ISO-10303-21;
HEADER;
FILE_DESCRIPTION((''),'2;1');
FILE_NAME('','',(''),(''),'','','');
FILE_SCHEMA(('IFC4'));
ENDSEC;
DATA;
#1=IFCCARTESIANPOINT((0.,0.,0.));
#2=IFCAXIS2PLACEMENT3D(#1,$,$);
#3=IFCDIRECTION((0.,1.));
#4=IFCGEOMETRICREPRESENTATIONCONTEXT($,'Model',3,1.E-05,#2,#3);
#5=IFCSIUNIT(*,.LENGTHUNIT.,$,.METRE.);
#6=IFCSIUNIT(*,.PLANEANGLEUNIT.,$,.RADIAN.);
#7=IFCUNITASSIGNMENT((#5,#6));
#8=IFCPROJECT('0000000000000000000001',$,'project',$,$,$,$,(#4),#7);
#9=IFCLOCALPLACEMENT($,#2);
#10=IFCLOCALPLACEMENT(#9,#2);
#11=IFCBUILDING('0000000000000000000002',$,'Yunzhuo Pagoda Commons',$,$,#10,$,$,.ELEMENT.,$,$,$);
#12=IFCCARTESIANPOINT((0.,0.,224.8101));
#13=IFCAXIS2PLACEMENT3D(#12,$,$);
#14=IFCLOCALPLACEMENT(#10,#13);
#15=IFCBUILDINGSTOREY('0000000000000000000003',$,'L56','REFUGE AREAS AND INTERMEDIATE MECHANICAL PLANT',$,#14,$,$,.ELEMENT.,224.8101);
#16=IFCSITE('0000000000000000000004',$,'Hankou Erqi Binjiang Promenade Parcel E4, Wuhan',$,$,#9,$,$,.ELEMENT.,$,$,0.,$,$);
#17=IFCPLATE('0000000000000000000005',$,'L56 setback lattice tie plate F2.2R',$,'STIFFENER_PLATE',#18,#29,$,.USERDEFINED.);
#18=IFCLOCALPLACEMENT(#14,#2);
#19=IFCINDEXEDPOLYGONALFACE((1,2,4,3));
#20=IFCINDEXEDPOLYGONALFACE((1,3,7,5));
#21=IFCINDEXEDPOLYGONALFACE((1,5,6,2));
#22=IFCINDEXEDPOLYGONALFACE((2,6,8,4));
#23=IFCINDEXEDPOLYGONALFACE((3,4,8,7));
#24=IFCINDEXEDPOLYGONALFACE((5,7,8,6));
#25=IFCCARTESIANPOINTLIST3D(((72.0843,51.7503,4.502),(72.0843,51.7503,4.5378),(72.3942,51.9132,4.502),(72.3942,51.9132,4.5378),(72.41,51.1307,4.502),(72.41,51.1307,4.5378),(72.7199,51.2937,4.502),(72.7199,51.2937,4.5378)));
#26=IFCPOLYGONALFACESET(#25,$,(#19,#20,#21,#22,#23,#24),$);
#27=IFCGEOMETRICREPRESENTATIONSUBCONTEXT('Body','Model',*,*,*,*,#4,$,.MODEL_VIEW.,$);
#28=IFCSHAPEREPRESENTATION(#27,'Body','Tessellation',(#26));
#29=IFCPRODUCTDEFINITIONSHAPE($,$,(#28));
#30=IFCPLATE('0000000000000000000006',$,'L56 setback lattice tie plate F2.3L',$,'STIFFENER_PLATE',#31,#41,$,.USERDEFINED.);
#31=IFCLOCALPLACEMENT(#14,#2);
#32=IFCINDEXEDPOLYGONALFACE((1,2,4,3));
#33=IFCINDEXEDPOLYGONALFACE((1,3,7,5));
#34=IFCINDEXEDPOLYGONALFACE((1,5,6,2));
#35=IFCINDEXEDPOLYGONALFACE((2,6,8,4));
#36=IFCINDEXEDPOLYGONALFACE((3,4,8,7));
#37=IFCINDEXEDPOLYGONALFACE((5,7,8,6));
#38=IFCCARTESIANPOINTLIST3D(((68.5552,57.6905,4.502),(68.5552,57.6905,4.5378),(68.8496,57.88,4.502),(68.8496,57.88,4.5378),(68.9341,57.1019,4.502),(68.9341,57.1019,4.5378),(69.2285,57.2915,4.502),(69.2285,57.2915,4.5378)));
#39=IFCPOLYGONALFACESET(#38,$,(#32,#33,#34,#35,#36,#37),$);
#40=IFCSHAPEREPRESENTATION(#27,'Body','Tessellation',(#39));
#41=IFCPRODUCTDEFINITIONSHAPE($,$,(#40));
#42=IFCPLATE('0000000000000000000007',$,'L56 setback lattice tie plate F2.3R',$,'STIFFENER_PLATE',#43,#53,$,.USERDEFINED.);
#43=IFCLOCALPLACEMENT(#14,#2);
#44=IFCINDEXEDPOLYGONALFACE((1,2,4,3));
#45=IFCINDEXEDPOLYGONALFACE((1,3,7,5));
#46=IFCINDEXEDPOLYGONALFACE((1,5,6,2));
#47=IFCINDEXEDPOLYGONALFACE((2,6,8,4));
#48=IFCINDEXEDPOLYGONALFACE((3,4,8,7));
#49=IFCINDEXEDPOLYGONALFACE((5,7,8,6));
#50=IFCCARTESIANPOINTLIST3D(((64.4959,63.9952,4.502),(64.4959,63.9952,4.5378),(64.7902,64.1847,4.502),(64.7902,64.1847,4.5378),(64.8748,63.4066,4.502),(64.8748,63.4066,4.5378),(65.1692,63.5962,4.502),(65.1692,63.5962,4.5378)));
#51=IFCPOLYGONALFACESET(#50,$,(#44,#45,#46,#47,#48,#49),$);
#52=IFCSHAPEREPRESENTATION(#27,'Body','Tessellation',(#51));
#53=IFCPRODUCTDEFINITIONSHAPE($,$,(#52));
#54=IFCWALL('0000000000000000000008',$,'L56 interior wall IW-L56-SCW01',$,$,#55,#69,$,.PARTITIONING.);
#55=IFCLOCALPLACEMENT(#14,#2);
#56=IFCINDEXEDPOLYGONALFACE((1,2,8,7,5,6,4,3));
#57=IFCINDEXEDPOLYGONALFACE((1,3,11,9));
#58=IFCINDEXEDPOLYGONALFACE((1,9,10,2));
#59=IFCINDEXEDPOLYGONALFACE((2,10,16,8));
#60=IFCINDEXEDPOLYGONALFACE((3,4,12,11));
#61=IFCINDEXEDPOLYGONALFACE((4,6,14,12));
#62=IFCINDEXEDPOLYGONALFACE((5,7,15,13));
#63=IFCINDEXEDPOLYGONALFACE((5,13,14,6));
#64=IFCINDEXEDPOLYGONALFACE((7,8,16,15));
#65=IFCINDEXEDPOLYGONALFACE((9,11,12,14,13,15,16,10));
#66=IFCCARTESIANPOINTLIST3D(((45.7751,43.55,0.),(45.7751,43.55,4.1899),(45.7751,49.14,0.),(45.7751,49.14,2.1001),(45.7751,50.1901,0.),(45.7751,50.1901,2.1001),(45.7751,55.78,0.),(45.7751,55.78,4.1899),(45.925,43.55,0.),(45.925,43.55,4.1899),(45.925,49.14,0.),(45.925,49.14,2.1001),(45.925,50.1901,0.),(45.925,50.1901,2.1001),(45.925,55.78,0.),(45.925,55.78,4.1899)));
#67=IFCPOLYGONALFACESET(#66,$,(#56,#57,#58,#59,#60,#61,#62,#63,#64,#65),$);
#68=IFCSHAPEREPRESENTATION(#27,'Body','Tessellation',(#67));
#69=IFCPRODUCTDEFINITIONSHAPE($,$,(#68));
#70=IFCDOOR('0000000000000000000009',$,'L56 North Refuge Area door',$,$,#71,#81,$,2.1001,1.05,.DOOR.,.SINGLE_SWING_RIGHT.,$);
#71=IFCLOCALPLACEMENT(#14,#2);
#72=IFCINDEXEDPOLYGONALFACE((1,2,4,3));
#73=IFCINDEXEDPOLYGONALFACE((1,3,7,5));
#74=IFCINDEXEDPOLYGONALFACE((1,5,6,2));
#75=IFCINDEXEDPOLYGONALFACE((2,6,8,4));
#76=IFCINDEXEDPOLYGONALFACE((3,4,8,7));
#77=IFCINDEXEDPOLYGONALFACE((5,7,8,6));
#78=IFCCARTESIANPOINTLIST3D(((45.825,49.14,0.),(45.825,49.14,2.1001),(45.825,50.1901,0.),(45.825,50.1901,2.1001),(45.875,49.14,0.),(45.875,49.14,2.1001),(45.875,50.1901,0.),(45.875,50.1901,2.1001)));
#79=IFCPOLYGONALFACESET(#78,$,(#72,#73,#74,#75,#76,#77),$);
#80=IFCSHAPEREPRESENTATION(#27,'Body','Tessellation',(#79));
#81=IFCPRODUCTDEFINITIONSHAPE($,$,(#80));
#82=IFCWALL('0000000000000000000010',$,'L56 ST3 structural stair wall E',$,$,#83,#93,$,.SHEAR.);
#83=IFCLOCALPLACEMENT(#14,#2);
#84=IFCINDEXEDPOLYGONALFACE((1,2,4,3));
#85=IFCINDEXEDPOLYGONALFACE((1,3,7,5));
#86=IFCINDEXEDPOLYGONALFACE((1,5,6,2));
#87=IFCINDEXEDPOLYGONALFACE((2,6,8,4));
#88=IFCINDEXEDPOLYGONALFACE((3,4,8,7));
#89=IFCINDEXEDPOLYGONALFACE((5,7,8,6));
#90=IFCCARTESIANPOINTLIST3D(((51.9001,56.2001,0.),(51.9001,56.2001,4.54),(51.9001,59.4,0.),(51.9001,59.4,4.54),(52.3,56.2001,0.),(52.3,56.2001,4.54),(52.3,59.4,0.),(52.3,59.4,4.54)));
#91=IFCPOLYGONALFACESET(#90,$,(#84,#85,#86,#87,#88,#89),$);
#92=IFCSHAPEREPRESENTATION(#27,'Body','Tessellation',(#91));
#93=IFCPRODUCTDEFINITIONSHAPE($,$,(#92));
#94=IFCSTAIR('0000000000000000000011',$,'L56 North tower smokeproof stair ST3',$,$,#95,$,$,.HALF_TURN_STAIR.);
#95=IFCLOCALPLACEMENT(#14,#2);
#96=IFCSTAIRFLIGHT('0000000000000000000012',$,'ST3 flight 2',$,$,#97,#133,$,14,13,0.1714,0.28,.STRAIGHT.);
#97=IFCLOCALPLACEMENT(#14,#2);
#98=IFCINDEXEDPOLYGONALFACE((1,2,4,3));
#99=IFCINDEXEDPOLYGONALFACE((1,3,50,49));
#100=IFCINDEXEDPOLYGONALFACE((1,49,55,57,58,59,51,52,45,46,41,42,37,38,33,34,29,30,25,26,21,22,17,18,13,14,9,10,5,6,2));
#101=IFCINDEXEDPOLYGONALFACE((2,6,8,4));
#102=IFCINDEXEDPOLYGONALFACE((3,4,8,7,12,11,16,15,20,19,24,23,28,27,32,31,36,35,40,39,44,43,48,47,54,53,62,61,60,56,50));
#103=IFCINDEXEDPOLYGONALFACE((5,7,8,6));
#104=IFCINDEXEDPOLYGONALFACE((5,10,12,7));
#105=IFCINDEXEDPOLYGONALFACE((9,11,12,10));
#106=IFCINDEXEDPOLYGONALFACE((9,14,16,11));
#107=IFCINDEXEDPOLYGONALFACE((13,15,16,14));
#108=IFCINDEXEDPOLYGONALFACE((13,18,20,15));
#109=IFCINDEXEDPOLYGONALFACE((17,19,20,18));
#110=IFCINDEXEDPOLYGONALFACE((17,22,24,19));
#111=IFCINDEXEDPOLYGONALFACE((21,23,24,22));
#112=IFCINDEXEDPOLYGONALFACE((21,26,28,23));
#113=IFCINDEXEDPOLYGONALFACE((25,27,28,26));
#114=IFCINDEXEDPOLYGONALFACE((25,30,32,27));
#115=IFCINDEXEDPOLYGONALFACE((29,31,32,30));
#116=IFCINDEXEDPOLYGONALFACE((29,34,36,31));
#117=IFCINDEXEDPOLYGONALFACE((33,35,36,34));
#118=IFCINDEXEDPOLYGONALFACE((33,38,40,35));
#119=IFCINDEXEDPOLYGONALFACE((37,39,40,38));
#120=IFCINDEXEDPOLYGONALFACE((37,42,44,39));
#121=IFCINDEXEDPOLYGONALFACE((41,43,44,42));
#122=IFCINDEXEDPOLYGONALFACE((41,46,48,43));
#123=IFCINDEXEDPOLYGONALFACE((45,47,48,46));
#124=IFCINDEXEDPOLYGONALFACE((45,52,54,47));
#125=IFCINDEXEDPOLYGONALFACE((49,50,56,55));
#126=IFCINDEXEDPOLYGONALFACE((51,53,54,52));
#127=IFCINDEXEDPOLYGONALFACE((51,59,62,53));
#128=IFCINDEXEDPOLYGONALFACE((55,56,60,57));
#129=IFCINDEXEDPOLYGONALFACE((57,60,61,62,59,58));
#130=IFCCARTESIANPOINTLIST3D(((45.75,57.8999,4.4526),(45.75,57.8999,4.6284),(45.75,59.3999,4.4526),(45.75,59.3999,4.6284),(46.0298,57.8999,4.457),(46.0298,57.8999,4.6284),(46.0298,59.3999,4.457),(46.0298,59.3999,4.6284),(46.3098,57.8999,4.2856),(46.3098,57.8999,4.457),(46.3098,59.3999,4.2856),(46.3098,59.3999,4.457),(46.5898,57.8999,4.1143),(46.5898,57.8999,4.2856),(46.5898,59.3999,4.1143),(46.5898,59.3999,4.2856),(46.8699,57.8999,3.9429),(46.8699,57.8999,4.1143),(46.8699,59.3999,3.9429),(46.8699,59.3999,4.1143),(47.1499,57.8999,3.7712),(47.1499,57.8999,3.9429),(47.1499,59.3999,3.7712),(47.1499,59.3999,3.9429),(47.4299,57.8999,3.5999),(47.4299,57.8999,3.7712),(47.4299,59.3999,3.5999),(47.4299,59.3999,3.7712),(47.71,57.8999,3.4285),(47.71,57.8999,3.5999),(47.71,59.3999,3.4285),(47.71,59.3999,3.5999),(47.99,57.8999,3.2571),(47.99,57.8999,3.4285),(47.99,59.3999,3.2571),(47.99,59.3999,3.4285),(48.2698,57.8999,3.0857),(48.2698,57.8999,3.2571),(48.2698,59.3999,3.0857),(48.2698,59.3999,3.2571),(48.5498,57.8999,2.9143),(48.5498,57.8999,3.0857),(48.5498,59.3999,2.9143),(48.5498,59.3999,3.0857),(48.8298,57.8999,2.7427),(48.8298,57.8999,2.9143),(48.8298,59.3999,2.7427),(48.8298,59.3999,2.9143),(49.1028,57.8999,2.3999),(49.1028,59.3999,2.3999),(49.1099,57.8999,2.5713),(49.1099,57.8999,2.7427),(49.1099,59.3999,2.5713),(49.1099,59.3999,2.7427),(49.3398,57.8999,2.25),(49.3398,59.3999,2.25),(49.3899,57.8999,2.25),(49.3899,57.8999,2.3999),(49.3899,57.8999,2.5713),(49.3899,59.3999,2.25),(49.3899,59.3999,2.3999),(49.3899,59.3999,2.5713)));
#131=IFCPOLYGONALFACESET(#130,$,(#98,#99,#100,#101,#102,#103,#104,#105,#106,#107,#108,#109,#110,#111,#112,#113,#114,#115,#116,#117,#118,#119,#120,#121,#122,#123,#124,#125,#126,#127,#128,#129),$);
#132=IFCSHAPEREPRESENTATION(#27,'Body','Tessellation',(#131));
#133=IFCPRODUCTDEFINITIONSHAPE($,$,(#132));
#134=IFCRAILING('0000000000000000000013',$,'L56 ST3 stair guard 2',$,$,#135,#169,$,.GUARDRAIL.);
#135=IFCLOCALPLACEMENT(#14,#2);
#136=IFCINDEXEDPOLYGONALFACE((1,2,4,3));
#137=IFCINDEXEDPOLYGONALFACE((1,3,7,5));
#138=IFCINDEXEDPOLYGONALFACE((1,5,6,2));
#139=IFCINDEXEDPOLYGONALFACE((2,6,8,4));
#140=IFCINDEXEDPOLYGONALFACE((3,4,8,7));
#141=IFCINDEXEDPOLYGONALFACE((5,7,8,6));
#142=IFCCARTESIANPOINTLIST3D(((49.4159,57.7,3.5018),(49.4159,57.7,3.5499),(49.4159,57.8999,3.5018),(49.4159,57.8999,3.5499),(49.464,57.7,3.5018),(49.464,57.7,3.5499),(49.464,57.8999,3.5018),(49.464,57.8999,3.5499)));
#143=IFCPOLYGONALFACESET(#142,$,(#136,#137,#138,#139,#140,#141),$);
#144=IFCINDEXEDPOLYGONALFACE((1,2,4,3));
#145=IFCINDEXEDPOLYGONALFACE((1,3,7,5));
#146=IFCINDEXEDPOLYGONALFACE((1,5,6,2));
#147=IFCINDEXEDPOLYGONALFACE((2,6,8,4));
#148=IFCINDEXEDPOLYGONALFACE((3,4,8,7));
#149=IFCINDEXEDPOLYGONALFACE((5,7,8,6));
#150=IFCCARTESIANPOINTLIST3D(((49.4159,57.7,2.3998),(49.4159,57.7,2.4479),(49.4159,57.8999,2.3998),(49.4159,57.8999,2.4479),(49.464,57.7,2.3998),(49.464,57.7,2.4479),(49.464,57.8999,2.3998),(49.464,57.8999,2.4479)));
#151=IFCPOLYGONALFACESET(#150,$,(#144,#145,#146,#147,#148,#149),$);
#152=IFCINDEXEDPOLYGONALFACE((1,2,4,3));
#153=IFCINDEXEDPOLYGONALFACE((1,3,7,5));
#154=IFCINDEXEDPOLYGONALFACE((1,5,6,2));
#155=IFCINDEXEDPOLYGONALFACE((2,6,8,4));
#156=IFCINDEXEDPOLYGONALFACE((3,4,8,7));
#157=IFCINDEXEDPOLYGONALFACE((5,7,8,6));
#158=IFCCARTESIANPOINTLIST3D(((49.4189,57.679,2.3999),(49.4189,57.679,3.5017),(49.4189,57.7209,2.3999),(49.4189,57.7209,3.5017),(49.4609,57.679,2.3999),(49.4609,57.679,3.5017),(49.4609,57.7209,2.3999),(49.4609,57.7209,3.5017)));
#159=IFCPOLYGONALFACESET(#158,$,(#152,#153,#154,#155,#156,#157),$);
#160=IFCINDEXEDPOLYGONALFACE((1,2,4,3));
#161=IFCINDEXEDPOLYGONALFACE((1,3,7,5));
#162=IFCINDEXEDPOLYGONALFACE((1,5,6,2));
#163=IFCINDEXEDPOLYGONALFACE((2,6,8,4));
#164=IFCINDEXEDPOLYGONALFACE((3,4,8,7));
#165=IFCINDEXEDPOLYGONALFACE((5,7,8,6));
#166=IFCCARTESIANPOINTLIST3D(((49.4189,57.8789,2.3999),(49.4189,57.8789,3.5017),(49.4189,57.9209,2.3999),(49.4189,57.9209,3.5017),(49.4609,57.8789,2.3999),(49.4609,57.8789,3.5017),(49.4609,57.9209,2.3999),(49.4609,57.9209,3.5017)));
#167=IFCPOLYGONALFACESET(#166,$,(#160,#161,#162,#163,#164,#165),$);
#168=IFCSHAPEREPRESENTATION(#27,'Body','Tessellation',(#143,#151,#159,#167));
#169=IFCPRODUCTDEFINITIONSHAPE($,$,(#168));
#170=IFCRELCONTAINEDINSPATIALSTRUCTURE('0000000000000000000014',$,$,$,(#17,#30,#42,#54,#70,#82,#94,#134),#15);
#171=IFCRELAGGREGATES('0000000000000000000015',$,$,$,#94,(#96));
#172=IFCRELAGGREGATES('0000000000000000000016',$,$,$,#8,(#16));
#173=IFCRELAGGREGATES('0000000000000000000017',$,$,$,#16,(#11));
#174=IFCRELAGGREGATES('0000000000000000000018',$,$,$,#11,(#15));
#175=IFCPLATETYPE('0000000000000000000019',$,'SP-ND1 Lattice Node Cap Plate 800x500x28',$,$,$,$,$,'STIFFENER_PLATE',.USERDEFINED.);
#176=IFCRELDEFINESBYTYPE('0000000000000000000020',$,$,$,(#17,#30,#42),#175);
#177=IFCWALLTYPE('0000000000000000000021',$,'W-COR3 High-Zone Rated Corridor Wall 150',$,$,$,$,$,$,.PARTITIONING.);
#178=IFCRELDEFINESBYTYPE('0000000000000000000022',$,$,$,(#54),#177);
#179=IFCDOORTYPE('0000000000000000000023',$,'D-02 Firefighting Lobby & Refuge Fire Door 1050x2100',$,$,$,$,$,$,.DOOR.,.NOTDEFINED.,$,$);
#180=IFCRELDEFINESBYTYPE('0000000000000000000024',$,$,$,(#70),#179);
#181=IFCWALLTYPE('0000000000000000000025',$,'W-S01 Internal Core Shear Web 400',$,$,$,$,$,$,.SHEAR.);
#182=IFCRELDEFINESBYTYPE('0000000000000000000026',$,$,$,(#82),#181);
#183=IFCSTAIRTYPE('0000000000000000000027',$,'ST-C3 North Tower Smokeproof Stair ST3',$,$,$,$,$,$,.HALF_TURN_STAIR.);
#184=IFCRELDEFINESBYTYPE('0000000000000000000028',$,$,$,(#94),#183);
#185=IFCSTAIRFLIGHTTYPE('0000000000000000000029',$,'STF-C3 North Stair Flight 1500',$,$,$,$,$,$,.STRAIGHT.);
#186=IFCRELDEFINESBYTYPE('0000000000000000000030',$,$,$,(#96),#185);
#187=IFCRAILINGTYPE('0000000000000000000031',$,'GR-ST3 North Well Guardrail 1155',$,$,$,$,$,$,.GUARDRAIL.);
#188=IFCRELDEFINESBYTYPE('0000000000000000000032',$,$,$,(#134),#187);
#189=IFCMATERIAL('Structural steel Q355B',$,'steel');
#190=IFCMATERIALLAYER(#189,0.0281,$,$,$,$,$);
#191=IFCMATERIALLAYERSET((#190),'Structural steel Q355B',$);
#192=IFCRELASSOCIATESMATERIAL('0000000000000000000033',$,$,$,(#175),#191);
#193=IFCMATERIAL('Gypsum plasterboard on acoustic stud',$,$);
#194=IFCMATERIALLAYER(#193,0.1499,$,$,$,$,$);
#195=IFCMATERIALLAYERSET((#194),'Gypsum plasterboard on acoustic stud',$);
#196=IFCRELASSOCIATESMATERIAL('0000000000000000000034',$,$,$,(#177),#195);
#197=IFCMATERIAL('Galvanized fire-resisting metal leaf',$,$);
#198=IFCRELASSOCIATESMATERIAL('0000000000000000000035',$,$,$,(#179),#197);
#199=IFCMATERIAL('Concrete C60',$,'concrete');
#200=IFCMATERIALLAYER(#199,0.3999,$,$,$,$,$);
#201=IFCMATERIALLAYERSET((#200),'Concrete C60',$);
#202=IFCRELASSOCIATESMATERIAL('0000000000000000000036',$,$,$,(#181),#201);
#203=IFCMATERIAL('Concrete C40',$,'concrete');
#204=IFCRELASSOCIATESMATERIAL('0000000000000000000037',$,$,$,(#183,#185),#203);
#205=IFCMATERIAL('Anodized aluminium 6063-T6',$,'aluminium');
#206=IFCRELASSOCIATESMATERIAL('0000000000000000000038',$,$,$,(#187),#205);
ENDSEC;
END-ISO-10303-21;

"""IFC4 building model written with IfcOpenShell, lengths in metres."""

from ifc_helpers import new_model, si_unit, direction, frame, frame_2d, origin, origin_with_axes, origin_2d, place, context, subcontext, project, spatial, polyline, rectangle, outline, extrude, source, transform, mapped, material, layer, layer_set, type_object, element, fill, aggregate, save


model = new_model("IFC4")

# Units and contexts
model_context = context("Model", 3, precision=1e-05, world=origin(), true_north=direction((0.0, 1.0)))
body_context = subcontext(model_context, "Body", "Model", "MODEL_VIEW")
ifc_project = project(units=[si_unit("LENGTHUNIT", "METRE"), si_unit("PLANEANGLEUNIT", "RADIAN")], contexts=[model_context])

# Site, building, storey
site_placement = place(None, origin())
site = spatial("IfcSite", under=ifc_project, at=site_placement, Name="Hankou Erqi Binjiang Promenade Parcel E4, Wuhan", CompositionType="ELEMENT", RefElevation=0.0)
building_placement = place(site_placement, origin())
building = spatial("IfcBuilding", under=site, at=building_placement, Name="Yunzhuo Pagoda Commons", CompositionType="ELEMENT")
storey_placement = place(building_placement, frame((0.0, 0.0, 224.8101)))
storey = spatial("IfcBuildingStorey", under=building, at=storey_placement, Name="L56", Description="REFUGE AREAS AND INTERMEDIATE MECHANICAL PLANT", CompositionType="ELEMENT", Elevation=224.8101)

# Shared definitions
ifc_material_1 = material(Name="Structural steel Q355B", Category="steel")

# Plates
ifc_layer_1 = layer(ifc_material_1, 0.0281)
ifc_layer_set_1 = layer_set([ifc_layer_1], Name="Structural steel Q355B")
plate_type_1 = type_object("IfcPlateType", Name="SP-ND1 Lattice Node Cap Plate 800x500x28", ElementType="STIFFENER_PLATE", PredefinedType="USERDEFINED", material=ifc_layer_set_1)
shared_shape_1 = source(origin(), body_context, "Body", "SweptSolid", [
    extrude(rectangle(XDim=0.7, YDim=0.3501, at=origin_2d()), origin(), (0.0, 0.0, 1.0), 0.0359),
])
for number, where, z_axis, x_axis, name in (
    (1, (72.4021, 51.522, 4.502), (0.0, 0.0, 1.0), (-0.465336, 0.885134, 0.0), "L56 setback lattice tie plate F2.2R"),
    (2, (68.8918, 57.491, 4.502), (0.0, 0.0, 1.0), (-0.541341, 0.840803, 0.0), "L56 setback lattice tie plate F2.3L"),
    (3, (64.8325, 63.7957, 4.502), (0.0, 0.0, 1.0), (-0.541341, 0.840803, 0.0), "L56 setback lattice tie plate F2.3R"),
):
    element("IfcPlate", number, at=place(storey_placement, frame(where, z_axis=z_axis, x_axis=x_axis)), inside=storey, type_object=plate_type_1, Name=name, ObjectType="STIFFENER_PLATE", PredefinedType="USERDEFINED", context=body_context, shape_type="MappedRepresentation", body=[
        mapped(shared_shape_1, transform((0.0, 0.0, 0.0), scale=1.0)),
    ])

# Wall, opening, door
ifc_material_2 = material(Name="Gypsum plasterboard on acoustic stud")
ifc_layer_2 = layer(ifc_material_2, 0.1499)
ifc_layer_set_2 = layer_set([ifc_layer_2], Name="Gypsum plasterboard on acoustic stud")
wall_type_1 = type_object("IfcWallType", Name="W-COR3 High-Zone Rated Corridor Wall 150", PredefinedType="PARTITIONING", material=ifc_layer_set_2)
wall_1_placement = place(storey_placement, frame((45.8501, 55.78, 0.0), z_axis=(0.0, 0.0, 1.0), x_axis=(0.0, -1.0, 0.0)))
wall_1 = element("IfcWall", 4, at=wall_1_placement, inside=storey, type_object=wall_type_1, Name="L56 interior wall IW-L56-SCW01", PredefinedType="PARTITIONING", context=body_context, shape_type="SweptSolid", body=[
    extrude(rectangle(XDim=12.23, YDim=0.1499, at=frame_2d((6.115, 0.0))), origin(), (0.0, 0.0, 1.0), 4.1899),
])
opening_placement = place(wall_1_placement, frame((5.5901, 0.0, 0.0)))
opening = element("IfcOpeningElement", 5, at=opening_placement, cuts=wall_1, PredefinedType="OPENING", context=body_context, shape_type="SweptSolid", body=[
    extrude(rectangle(XDim=1.05, YDim=2.1001, at=frame_2d((0.5249, 1.05))), frame((0.0, 0.085, 0.0), z_axis=(0.0, -1.0, 0.0), x_axis=(1.0, 0.0, 0.0)), (0.0, 0.0, 1.0), 0.1699),
])
ifc_material_3 = material(Name="Galvanized fire-resisting metal leaf")
door_type = type_object("IfcDoorType", Name="D-02 Firefighting Lobby & Refuge Fire Door 1050x2100", OperationType="NOTDEFINED", PredefinedType="DOOR", material=ifc_material_3)
shared_shape_2 = source(origin(), body_context, "Body", "SweptSolid", [
    extrude(rectangle(XDim=1.05, YDim=2.1001, at=frame_2d((0.5249, 1.05))), frame((0.0, 0.0249, 0.0), z_axis=(0.0, -1.0, 0.0), x_axis=(1.0, 0.0, 0.0)), (0.0, 0.0, 1.0), 0.05),
])
door_placement = place(opening_placement, origin_with_axes())
door = element("IfcDoor", 6, at=door_placement, inside=storey, type_object=door_type, Name="L56 North Refuge Area door", OperationType="SINGLE_SWING_RIGHT", OverallHeight=2.1001, OverallWidth=1.05, PredefinedType="DOOR", context=body_context, shape_type="MappedRepresentation", body=[
    mapped(shared_shape_2, transform((0.0, 0.0, 0.0), scale=1.0)),
])
fill(opening, door)

# Wall
ifc_material_4 = material(Name="Concrete C60", Category="concrete")
ifc_layer_3 = layer(ifc_material_4, 0.3999)
ifc_layer_set_3 = layer_set([ifc_layer_3], Name="Concrete C60")
wall_type_2 = type_object("IfcWallType", Name="W-S01 Internal Core Shear Web 400", PredefinedType="SHEAR", material=ifc_layer_set_3)
wall_2_placement = place(storey_placement, frame((52.1001, 56.2, 0.0), z_axis=(0.0, 0.0, 1.0), x_axis=(0.0, 1.0, 0.0)))
element("IfcWall", 7, at=wall_2_placement, inside=storey, type_object=wall_type_2, Name="L56 ST3 structural stair wall E", PredefinedType="SHEAR", context=body_context, shape_type="SweptSolid", body=[
    extrude(rectangle(XDim=3.2, YDim=0.3999, at=frame_2d((1.6001, 0.0))), origin(), (0.0, 0.0, 1.0), 4.54),
])

# Stair, stair flight
ifc_material_5 = material(Name="Concrete C40", Category="concrete")
stair_type = type_object("IfcStairType", Name="ST-C3 North Tower Smokeproof Stair ST3", PredefinedType="HALF_TURN_STAIR", material=ifc_material_5)
stair_placement = place(storey_placement, origin())
stair = element("IfcStair", 8, at=stair_placement, inside=storey, type_object=stair_type, Name="L56 North tower smokeproof stair ST3", PredefinedType="HALF_TURN_STAIR")
stair_flight_type = type_object("IfcStairFlightType", Name="STF-C3 North Stair Flight 1500", PredefinedType="STRAIGHT", material=ifc_material_5)
shared_shape_3 = source(origin(), body_context, "Body", "SweptSolid", [
    extrude(outline(polyline([(0.0, -0.1499), (0.0, 0.0), (0.0, 0.1714), (0.28, 0.1714), (0.28, 0.3428), (0.5601, 0.3428), (0.5601, 0.5144), (0.8401, 0.5144), (0.8401, 0.6858), (1.1201, 0.6858), (1.1201, 0.8572), (1.3999, 0.8572), (1.3999, 1.0286), (1.6799, 1.0286), (1.6799, 1.2), (1.96, 1.2), (1.96, 1.3713), (2.24, 1.3713), (2.24, 1.543), (2.52, 1.543), (2.52, 1.7144), (2.8, 1.7144), (2.8, 1.8857), (3.0801, 1.8857), (3.0801, 2.0571), (3.3601, 2.0571), (3.3601, 2.2285), (3.6399, 2.2285), (3.6399, 2.3999), (3.6399, 2.0527), (0.2871, 0.0), (0.05, -0.1499), (0.0, -0.1499)])), frame((0.0, 0.75, 0.0), z_axis=(0.0, -1.0, 0.0), x_axis=(1.0, 0.0, 0.0)), (0.0, 0.0, 1.0), 1.5),
])
stair_flight_placement = place(storey_placement, frame((49.3899, 58.6499, 2.3999), z_axis=(0.0, 0.0, 1.0), x_axis=(-1.0, 0.0, 0.0)))
stair_flight = element("IfcStairFlight", 9, at=stair_flight_placement, type_object=stair_flight_type, Name="ST3 flight 2", NumberOfRisers=14, NumberOfTreads=13, PredefinedType="STRAIGHT", RiserHeight=0.1714, TreadLength=0.28, context=body_context, shape_type="MappedRepresentation", body=[
    mapped(shared_shape_3, transform((0.0, 0.0, 0.0), scale=1.0)),
])
aggregate(stair, [stair_flight])

# Railing
ifc_material_6 = material(Name="Anodized aluminium 6063-T6", Category="aluminium")
railing_type_1 = type_object("IfcRailingType", Name="GR-ST3 North Well Guardrail 1155", PredefinedType="GUARDRAIL", material=ifc_material_6)
railing_1_placement = place(storey_placement, frame((49.4399, 57.7, 2.3999)))
element("IfcRailing", 10, at=railing_1_placement, inside=storey, type_object=railing_type_1, Name="L56 ST3 stair guard 2", PredefinedType="GUARDRAIL", context=body_context, shape_type="SweptSolid", body=[
    extrude(rectangle(XDim=0.0481, YDim=0.0481, at=origin_2d()), frame((0.0, 0.0, 1.126), z_axis=(0.0, 1.0, 0.0), x_axis=(-1.0, 0.0, 0.0)), (0.0, 0.0, 1.0), 0.2),
    extrude(rectangle(XDim=0.0481, YDim=0.0481, at=origin_2d()), frame((0.0, 0.0, 0.0239), z_axis=(0.0, 1.0, 0.0), x_axis=(-1.0, 0.0, 0.0)), (0.0, 0.0, 1.0), 0.2),
    extrude(rectangle(XDim=0.042, YDim=0.042, at=origin_2d()), origin(), (0.0, 0.0, 1.0), 1.1018),
    extrude(rectangle(XDim=0.042, YDim=0.042, at=origin_2d()), frame((0.0, 0.2, 0.0)), (0.0, 0.0, 1.0), 1.1018),
])

save(model, "model.ifc")
